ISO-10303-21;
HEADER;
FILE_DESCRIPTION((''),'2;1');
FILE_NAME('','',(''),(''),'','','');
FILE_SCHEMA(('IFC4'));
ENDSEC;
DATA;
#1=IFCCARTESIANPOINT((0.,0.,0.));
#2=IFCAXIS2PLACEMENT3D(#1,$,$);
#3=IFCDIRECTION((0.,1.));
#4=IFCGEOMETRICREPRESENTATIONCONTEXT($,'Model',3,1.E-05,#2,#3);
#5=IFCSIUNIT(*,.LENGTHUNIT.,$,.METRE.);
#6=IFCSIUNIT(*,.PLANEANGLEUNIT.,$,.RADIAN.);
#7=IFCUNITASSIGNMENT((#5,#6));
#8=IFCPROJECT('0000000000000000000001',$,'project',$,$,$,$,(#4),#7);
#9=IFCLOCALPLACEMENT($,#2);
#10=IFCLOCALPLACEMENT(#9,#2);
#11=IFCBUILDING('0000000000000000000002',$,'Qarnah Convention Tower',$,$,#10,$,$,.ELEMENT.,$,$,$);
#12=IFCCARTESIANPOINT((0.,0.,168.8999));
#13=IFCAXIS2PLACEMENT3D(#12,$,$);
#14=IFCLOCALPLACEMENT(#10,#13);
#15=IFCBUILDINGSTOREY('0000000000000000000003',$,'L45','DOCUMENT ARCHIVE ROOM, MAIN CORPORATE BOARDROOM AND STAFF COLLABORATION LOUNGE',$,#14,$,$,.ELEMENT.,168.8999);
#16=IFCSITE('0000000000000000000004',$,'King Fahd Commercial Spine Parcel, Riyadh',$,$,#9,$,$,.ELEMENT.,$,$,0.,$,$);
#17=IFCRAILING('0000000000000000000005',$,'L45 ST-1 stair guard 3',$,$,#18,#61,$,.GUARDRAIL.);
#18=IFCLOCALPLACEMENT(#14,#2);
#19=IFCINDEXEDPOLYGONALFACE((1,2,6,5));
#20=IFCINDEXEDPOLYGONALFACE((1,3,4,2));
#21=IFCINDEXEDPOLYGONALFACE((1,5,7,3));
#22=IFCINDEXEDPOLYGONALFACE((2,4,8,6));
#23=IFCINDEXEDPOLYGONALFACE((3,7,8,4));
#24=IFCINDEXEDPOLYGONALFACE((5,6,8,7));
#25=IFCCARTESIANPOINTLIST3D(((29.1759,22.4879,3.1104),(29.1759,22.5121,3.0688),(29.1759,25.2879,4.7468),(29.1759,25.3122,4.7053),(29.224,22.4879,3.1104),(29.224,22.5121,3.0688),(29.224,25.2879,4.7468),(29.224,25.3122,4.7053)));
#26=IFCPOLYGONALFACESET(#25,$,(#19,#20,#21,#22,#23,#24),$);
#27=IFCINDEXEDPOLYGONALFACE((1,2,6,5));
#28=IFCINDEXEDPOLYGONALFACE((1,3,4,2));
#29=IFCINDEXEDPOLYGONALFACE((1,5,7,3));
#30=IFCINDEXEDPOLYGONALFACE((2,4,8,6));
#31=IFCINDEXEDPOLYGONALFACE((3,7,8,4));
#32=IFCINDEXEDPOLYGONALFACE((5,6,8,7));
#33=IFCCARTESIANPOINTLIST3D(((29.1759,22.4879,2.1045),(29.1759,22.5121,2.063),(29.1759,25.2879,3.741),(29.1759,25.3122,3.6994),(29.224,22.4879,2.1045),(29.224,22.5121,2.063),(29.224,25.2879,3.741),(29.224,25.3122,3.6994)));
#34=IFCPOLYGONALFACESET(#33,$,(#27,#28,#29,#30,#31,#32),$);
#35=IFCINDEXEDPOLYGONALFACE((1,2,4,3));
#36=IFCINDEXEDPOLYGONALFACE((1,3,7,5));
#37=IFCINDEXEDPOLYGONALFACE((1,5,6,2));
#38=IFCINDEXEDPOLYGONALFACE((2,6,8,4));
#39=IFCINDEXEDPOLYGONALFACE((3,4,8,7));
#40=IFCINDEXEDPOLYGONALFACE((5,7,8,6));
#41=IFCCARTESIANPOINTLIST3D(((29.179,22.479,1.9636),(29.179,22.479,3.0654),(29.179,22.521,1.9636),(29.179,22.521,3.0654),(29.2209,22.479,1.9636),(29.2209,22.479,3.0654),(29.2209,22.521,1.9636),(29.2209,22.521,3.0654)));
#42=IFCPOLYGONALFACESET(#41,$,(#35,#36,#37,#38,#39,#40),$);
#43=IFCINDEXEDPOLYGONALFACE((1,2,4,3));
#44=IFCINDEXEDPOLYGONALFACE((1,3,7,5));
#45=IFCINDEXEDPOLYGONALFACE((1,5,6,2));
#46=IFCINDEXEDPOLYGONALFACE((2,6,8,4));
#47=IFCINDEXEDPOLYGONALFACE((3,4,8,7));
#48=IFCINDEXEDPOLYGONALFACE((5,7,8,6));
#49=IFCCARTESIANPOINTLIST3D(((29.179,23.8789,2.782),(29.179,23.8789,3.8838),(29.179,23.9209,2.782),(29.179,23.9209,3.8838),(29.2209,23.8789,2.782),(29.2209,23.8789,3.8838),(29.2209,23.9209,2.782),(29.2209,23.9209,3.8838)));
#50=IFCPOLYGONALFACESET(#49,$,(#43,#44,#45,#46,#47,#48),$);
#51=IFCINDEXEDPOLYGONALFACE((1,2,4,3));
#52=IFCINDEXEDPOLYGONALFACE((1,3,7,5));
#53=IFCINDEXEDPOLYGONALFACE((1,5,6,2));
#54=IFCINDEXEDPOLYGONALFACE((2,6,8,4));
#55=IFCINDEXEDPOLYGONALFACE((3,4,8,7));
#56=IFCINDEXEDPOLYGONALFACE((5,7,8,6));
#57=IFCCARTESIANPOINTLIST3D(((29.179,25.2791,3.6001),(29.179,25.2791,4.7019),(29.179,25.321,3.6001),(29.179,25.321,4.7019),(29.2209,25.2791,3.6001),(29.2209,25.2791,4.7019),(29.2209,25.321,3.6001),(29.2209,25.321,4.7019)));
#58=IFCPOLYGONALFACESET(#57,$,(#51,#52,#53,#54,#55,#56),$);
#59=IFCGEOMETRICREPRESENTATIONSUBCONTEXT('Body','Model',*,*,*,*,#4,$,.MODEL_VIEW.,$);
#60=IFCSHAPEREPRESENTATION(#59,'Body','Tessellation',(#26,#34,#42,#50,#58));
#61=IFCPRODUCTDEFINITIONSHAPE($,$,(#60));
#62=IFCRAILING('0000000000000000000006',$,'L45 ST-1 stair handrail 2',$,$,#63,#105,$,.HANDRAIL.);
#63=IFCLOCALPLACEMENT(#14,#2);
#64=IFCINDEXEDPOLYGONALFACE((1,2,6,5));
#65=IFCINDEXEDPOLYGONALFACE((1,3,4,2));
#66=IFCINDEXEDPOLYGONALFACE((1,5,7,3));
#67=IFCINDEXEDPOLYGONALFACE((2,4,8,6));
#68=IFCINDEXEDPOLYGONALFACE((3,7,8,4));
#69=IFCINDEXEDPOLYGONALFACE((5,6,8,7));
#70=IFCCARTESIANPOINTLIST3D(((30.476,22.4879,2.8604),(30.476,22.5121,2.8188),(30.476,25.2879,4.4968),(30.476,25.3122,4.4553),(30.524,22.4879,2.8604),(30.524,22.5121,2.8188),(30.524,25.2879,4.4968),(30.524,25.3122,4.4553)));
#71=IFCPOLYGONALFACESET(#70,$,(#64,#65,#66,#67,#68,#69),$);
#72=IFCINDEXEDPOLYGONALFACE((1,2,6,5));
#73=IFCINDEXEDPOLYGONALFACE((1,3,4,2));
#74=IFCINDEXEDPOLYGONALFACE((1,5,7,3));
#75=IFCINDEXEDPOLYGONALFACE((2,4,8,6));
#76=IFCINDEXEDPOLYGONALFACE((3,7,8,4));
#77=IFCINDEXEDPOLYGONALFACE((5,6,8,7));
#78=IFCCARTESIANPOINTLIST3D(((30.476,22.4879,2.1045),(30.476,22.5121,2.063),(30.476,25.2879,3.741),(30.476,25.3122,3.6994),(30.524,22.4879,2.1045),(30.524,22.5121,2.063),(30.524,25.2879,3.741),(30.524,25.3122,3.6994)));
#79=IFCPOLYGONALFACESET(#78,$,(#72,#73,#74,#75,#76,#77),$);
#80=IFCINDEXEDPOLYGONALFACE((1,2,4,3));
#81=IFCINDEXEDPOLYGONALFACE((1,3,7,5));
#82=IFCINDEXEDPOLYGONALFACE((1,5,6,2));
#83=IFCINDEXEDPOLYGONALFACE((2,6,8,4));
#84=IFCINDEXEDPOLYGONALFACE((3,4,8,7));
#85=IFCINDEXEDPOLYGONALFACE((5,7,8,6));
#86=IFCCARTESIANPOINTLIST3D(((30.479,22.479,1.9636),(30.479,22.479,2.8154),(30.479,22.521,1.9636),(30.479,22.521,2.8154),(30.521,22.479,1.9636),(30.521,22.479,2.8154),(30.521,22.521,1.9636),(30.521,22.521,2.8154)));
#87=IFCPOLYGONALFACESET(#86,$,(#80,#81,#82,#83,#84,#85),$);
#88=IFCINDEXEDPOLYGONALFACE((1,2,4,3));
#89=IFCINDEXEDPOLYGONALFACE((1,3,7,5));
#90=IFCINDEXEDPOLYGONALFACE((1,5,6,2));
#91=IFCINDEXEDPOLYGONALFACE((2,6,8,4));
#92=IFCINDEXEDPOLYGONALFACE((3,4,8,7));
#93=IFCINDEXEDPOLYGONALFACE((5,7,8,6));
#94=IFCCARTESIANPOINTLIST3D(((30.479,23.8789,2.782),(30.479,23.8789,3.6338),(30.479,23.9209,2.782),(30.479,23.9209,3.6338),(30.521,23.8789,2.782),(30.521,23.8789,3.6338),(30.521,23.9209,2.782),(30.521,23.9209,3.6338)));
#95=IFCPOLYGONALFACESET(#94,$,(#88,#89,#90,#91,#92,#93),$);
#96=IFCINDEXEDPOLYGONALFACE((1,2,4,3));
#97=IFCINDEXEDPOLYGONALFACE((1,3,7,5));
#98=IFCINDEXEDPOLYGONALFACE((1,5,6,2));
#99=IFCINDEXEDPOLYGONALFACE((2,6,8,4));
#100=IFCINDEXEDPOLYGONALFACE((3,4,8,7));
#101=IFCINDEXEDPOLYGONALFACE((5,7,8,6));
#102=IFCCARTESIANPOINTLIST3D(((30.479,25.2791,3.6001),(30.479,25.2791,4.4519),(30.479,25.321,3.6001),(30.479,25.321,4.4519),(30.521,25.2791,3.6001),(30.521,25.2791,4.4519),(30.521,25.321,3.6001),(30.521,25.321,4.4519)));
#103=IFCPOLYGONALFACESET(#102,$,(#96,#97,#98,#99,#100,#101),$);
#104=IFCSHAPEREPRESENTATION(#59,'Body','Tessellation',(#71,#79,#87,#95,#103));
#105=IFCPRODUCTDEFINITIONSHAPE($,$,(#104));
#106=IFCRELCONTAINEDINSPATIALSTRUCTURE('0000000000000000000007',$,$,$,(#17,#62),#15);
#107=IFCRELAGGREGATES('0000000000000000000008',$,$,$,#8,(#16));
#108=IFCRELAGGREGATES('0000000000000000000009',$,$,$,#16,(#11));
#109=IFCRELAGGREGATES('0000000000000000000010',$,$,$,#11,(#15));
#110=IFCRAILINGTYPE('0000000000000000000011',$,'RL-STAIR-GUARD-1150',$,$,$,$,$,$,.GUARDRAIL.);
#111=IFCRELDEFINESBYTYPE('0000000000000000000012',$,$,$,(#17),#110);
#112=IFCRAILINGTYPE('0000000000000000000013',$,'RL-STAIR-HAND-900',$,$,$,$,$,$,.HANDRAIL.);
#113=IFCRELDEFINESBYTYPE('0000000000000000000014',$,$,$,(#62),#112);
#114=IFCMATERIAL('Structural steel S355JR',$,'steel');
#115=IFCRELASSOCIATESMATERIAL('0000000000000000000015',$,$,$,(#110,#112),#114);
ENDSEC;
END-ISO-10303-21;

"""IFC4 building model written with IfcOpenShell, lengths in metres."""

from ifc_helpers import new_model, si_unit, direction, frame, origin, origin_2d, place, context, subcontext, project, spatial, rectangle, extrude, material, type_object, element, save


model = new_model("IFC4")

# Units and contexts
model_context = context("Model", 3, precision=1e-05, world=origin(), true_north=direction((0.0, 1.0)))
body_context = subcontext(model_context, "Body", "Model", "MODEL_VIEW")
ifc_project = project(units=[si_unit("LENGTHUNIT", "METRE"), si_unit("PLANEANGLEUNIT", "RADIAN")], contexts=[model_context])

# Site, building, storey
site_placement = place(None, origin())
site = spatial("IfcSite", under=ifc_project, at=site_placement, Name="King Fahd Commercial Spine Parcel, Riyadh", CompositionType="ELEMENT", RefElevation=0.0)
building_placement = place(site_placement, origin())
building = spatial("IfcBuilding", under=site, at=building_placement, Name="Qarnah Convention Tower", CompositionType="ELEMENT")
storey_placement = place(building_placement, frame((0.0, 0.0, 168.8999)))
storey = spatial("IfcBuildingStorey", under=building, at=storey_placement, Name="L45", Description="DOCUMENT ARCHIVE ROOM, MAIN CORPORATE BOARDROOM AND STAFF COLLABORATION LOUNGE", CompositionType="ELEMENT", Elevation=168.8999)

# Shared definitions
ifc_material_1 = material(Name="Structural steel S355JR", Category="steel")

# Railings
railing_type_1 = type_object("IfcRailingType", Name="RL-STAIR-GUARD-1150", PredefinedType="GUARDRAIL", material=ifc_material_1)
railing_1_placement = place(storey_placement, frame((29.2, 22.5, 1.9636)))
element("IfcRailing", 1, at=railing_1_placement, inside=storey, type_object=railing_type_1, Name="L45 ST-1 stair guard 3", PredefinedType="GUARDRAIL", context=body_context, shape_type="SweptSolid", body=[
    extrude(rectangle(XDim=0.0481, YDim=0.0481, at=origin_2d()), frame((0.0, 0.0, 1.126), z_axis=(0.0, 0.863361, 0.504587), x_axis=(-1.0, 0.0, 0.0)), (0.0, 0.0, 1.0), 3.2432),
    extrude(rectangle(XDim=0.0481, YDim=0.0481, at=origin_2d()), frame((0.0, 0.0, 0.1201), z_axis=(0.0, 0.863361, 0.504587), x_axis=(-1.0, 0.0, 0.0)), (0.0, 0.0, 1.0), 3.2432),
    extrude(rectangle(XDim=0.042, YDim=0.042, at=origin_2d()), origin(), (0.0, 0.0, 1.0), 1.1018),
    extrude(rectangle(XDim=0.042, YDim=0.042, at=origin_2d()), frame((0.0, 1.3999, 0.8184)), (0.0, 0.0, 1.0), 1.1018),
    extrude(rectangle(XDim=0.042, YDim=0.042, at=origin_2d()), frame((0.0, 2.8, 1.6365)), (0.0, 0.0, 1.0), 1.1018),
])
railing_type_2 = type_object("IfcRailingType", Name="RL-STAIR-HAND-900", PredefinedType="HANDRAIL", material=ifc_material_1)
railing_2_placement = place(storey_placement, frame((30.5, 22.5, 1.9636)))
element("IfcRailing", 2, at=railing_2_placement, inside=storey, type_object=railing_type_2, Name="L45 ST-1 stair handrail 2", PredefinedType="HANDRAIL", context=body_context, shape_type="SweptSolid", body=[
    extrude(rectangle(XDim=0.0481, YDim=0.0481, at=origin_2d()), frame((0.0, 0.0, 0.876), z_axis=(0.0, 0.863361, 0.504587), x_axis=(-1.0, 0.0, 0.0)), (0.0, 0.0, 1.0), 3.2432),
    extrude(rectangle(XDim=0.0481, YDim=0.0481, at=origin_2d()), frame((0.0, 0.0, 0.1201), z_axis=(0.0, 0.863361, 0.504587), x_axis=(-1.0, 0.0, 0.0)), (0.0, 0.0, 1.0), 3.2432),
    extrude(rectangle(XDim=0.042, YDim=0.042, at=origin_2d()), origin(), (0.0, 0.0, 1.0), 0.8518),
    extrude(rectangle(XDim=0.042, YDim=0.042, at=origin_2d()), frame((0.0, 1.3999, 0.8184)), (0.0, 0.0, 1.0), 0.8518),
    extrude(rectangle(XDim=0.042, YDim=0.042, at=origin_2d()), frame((0.0, 2.8, 1.6365)), (0.0, 0.0, 1.0), 0.8518),
])

save(model, "model.ifc")
